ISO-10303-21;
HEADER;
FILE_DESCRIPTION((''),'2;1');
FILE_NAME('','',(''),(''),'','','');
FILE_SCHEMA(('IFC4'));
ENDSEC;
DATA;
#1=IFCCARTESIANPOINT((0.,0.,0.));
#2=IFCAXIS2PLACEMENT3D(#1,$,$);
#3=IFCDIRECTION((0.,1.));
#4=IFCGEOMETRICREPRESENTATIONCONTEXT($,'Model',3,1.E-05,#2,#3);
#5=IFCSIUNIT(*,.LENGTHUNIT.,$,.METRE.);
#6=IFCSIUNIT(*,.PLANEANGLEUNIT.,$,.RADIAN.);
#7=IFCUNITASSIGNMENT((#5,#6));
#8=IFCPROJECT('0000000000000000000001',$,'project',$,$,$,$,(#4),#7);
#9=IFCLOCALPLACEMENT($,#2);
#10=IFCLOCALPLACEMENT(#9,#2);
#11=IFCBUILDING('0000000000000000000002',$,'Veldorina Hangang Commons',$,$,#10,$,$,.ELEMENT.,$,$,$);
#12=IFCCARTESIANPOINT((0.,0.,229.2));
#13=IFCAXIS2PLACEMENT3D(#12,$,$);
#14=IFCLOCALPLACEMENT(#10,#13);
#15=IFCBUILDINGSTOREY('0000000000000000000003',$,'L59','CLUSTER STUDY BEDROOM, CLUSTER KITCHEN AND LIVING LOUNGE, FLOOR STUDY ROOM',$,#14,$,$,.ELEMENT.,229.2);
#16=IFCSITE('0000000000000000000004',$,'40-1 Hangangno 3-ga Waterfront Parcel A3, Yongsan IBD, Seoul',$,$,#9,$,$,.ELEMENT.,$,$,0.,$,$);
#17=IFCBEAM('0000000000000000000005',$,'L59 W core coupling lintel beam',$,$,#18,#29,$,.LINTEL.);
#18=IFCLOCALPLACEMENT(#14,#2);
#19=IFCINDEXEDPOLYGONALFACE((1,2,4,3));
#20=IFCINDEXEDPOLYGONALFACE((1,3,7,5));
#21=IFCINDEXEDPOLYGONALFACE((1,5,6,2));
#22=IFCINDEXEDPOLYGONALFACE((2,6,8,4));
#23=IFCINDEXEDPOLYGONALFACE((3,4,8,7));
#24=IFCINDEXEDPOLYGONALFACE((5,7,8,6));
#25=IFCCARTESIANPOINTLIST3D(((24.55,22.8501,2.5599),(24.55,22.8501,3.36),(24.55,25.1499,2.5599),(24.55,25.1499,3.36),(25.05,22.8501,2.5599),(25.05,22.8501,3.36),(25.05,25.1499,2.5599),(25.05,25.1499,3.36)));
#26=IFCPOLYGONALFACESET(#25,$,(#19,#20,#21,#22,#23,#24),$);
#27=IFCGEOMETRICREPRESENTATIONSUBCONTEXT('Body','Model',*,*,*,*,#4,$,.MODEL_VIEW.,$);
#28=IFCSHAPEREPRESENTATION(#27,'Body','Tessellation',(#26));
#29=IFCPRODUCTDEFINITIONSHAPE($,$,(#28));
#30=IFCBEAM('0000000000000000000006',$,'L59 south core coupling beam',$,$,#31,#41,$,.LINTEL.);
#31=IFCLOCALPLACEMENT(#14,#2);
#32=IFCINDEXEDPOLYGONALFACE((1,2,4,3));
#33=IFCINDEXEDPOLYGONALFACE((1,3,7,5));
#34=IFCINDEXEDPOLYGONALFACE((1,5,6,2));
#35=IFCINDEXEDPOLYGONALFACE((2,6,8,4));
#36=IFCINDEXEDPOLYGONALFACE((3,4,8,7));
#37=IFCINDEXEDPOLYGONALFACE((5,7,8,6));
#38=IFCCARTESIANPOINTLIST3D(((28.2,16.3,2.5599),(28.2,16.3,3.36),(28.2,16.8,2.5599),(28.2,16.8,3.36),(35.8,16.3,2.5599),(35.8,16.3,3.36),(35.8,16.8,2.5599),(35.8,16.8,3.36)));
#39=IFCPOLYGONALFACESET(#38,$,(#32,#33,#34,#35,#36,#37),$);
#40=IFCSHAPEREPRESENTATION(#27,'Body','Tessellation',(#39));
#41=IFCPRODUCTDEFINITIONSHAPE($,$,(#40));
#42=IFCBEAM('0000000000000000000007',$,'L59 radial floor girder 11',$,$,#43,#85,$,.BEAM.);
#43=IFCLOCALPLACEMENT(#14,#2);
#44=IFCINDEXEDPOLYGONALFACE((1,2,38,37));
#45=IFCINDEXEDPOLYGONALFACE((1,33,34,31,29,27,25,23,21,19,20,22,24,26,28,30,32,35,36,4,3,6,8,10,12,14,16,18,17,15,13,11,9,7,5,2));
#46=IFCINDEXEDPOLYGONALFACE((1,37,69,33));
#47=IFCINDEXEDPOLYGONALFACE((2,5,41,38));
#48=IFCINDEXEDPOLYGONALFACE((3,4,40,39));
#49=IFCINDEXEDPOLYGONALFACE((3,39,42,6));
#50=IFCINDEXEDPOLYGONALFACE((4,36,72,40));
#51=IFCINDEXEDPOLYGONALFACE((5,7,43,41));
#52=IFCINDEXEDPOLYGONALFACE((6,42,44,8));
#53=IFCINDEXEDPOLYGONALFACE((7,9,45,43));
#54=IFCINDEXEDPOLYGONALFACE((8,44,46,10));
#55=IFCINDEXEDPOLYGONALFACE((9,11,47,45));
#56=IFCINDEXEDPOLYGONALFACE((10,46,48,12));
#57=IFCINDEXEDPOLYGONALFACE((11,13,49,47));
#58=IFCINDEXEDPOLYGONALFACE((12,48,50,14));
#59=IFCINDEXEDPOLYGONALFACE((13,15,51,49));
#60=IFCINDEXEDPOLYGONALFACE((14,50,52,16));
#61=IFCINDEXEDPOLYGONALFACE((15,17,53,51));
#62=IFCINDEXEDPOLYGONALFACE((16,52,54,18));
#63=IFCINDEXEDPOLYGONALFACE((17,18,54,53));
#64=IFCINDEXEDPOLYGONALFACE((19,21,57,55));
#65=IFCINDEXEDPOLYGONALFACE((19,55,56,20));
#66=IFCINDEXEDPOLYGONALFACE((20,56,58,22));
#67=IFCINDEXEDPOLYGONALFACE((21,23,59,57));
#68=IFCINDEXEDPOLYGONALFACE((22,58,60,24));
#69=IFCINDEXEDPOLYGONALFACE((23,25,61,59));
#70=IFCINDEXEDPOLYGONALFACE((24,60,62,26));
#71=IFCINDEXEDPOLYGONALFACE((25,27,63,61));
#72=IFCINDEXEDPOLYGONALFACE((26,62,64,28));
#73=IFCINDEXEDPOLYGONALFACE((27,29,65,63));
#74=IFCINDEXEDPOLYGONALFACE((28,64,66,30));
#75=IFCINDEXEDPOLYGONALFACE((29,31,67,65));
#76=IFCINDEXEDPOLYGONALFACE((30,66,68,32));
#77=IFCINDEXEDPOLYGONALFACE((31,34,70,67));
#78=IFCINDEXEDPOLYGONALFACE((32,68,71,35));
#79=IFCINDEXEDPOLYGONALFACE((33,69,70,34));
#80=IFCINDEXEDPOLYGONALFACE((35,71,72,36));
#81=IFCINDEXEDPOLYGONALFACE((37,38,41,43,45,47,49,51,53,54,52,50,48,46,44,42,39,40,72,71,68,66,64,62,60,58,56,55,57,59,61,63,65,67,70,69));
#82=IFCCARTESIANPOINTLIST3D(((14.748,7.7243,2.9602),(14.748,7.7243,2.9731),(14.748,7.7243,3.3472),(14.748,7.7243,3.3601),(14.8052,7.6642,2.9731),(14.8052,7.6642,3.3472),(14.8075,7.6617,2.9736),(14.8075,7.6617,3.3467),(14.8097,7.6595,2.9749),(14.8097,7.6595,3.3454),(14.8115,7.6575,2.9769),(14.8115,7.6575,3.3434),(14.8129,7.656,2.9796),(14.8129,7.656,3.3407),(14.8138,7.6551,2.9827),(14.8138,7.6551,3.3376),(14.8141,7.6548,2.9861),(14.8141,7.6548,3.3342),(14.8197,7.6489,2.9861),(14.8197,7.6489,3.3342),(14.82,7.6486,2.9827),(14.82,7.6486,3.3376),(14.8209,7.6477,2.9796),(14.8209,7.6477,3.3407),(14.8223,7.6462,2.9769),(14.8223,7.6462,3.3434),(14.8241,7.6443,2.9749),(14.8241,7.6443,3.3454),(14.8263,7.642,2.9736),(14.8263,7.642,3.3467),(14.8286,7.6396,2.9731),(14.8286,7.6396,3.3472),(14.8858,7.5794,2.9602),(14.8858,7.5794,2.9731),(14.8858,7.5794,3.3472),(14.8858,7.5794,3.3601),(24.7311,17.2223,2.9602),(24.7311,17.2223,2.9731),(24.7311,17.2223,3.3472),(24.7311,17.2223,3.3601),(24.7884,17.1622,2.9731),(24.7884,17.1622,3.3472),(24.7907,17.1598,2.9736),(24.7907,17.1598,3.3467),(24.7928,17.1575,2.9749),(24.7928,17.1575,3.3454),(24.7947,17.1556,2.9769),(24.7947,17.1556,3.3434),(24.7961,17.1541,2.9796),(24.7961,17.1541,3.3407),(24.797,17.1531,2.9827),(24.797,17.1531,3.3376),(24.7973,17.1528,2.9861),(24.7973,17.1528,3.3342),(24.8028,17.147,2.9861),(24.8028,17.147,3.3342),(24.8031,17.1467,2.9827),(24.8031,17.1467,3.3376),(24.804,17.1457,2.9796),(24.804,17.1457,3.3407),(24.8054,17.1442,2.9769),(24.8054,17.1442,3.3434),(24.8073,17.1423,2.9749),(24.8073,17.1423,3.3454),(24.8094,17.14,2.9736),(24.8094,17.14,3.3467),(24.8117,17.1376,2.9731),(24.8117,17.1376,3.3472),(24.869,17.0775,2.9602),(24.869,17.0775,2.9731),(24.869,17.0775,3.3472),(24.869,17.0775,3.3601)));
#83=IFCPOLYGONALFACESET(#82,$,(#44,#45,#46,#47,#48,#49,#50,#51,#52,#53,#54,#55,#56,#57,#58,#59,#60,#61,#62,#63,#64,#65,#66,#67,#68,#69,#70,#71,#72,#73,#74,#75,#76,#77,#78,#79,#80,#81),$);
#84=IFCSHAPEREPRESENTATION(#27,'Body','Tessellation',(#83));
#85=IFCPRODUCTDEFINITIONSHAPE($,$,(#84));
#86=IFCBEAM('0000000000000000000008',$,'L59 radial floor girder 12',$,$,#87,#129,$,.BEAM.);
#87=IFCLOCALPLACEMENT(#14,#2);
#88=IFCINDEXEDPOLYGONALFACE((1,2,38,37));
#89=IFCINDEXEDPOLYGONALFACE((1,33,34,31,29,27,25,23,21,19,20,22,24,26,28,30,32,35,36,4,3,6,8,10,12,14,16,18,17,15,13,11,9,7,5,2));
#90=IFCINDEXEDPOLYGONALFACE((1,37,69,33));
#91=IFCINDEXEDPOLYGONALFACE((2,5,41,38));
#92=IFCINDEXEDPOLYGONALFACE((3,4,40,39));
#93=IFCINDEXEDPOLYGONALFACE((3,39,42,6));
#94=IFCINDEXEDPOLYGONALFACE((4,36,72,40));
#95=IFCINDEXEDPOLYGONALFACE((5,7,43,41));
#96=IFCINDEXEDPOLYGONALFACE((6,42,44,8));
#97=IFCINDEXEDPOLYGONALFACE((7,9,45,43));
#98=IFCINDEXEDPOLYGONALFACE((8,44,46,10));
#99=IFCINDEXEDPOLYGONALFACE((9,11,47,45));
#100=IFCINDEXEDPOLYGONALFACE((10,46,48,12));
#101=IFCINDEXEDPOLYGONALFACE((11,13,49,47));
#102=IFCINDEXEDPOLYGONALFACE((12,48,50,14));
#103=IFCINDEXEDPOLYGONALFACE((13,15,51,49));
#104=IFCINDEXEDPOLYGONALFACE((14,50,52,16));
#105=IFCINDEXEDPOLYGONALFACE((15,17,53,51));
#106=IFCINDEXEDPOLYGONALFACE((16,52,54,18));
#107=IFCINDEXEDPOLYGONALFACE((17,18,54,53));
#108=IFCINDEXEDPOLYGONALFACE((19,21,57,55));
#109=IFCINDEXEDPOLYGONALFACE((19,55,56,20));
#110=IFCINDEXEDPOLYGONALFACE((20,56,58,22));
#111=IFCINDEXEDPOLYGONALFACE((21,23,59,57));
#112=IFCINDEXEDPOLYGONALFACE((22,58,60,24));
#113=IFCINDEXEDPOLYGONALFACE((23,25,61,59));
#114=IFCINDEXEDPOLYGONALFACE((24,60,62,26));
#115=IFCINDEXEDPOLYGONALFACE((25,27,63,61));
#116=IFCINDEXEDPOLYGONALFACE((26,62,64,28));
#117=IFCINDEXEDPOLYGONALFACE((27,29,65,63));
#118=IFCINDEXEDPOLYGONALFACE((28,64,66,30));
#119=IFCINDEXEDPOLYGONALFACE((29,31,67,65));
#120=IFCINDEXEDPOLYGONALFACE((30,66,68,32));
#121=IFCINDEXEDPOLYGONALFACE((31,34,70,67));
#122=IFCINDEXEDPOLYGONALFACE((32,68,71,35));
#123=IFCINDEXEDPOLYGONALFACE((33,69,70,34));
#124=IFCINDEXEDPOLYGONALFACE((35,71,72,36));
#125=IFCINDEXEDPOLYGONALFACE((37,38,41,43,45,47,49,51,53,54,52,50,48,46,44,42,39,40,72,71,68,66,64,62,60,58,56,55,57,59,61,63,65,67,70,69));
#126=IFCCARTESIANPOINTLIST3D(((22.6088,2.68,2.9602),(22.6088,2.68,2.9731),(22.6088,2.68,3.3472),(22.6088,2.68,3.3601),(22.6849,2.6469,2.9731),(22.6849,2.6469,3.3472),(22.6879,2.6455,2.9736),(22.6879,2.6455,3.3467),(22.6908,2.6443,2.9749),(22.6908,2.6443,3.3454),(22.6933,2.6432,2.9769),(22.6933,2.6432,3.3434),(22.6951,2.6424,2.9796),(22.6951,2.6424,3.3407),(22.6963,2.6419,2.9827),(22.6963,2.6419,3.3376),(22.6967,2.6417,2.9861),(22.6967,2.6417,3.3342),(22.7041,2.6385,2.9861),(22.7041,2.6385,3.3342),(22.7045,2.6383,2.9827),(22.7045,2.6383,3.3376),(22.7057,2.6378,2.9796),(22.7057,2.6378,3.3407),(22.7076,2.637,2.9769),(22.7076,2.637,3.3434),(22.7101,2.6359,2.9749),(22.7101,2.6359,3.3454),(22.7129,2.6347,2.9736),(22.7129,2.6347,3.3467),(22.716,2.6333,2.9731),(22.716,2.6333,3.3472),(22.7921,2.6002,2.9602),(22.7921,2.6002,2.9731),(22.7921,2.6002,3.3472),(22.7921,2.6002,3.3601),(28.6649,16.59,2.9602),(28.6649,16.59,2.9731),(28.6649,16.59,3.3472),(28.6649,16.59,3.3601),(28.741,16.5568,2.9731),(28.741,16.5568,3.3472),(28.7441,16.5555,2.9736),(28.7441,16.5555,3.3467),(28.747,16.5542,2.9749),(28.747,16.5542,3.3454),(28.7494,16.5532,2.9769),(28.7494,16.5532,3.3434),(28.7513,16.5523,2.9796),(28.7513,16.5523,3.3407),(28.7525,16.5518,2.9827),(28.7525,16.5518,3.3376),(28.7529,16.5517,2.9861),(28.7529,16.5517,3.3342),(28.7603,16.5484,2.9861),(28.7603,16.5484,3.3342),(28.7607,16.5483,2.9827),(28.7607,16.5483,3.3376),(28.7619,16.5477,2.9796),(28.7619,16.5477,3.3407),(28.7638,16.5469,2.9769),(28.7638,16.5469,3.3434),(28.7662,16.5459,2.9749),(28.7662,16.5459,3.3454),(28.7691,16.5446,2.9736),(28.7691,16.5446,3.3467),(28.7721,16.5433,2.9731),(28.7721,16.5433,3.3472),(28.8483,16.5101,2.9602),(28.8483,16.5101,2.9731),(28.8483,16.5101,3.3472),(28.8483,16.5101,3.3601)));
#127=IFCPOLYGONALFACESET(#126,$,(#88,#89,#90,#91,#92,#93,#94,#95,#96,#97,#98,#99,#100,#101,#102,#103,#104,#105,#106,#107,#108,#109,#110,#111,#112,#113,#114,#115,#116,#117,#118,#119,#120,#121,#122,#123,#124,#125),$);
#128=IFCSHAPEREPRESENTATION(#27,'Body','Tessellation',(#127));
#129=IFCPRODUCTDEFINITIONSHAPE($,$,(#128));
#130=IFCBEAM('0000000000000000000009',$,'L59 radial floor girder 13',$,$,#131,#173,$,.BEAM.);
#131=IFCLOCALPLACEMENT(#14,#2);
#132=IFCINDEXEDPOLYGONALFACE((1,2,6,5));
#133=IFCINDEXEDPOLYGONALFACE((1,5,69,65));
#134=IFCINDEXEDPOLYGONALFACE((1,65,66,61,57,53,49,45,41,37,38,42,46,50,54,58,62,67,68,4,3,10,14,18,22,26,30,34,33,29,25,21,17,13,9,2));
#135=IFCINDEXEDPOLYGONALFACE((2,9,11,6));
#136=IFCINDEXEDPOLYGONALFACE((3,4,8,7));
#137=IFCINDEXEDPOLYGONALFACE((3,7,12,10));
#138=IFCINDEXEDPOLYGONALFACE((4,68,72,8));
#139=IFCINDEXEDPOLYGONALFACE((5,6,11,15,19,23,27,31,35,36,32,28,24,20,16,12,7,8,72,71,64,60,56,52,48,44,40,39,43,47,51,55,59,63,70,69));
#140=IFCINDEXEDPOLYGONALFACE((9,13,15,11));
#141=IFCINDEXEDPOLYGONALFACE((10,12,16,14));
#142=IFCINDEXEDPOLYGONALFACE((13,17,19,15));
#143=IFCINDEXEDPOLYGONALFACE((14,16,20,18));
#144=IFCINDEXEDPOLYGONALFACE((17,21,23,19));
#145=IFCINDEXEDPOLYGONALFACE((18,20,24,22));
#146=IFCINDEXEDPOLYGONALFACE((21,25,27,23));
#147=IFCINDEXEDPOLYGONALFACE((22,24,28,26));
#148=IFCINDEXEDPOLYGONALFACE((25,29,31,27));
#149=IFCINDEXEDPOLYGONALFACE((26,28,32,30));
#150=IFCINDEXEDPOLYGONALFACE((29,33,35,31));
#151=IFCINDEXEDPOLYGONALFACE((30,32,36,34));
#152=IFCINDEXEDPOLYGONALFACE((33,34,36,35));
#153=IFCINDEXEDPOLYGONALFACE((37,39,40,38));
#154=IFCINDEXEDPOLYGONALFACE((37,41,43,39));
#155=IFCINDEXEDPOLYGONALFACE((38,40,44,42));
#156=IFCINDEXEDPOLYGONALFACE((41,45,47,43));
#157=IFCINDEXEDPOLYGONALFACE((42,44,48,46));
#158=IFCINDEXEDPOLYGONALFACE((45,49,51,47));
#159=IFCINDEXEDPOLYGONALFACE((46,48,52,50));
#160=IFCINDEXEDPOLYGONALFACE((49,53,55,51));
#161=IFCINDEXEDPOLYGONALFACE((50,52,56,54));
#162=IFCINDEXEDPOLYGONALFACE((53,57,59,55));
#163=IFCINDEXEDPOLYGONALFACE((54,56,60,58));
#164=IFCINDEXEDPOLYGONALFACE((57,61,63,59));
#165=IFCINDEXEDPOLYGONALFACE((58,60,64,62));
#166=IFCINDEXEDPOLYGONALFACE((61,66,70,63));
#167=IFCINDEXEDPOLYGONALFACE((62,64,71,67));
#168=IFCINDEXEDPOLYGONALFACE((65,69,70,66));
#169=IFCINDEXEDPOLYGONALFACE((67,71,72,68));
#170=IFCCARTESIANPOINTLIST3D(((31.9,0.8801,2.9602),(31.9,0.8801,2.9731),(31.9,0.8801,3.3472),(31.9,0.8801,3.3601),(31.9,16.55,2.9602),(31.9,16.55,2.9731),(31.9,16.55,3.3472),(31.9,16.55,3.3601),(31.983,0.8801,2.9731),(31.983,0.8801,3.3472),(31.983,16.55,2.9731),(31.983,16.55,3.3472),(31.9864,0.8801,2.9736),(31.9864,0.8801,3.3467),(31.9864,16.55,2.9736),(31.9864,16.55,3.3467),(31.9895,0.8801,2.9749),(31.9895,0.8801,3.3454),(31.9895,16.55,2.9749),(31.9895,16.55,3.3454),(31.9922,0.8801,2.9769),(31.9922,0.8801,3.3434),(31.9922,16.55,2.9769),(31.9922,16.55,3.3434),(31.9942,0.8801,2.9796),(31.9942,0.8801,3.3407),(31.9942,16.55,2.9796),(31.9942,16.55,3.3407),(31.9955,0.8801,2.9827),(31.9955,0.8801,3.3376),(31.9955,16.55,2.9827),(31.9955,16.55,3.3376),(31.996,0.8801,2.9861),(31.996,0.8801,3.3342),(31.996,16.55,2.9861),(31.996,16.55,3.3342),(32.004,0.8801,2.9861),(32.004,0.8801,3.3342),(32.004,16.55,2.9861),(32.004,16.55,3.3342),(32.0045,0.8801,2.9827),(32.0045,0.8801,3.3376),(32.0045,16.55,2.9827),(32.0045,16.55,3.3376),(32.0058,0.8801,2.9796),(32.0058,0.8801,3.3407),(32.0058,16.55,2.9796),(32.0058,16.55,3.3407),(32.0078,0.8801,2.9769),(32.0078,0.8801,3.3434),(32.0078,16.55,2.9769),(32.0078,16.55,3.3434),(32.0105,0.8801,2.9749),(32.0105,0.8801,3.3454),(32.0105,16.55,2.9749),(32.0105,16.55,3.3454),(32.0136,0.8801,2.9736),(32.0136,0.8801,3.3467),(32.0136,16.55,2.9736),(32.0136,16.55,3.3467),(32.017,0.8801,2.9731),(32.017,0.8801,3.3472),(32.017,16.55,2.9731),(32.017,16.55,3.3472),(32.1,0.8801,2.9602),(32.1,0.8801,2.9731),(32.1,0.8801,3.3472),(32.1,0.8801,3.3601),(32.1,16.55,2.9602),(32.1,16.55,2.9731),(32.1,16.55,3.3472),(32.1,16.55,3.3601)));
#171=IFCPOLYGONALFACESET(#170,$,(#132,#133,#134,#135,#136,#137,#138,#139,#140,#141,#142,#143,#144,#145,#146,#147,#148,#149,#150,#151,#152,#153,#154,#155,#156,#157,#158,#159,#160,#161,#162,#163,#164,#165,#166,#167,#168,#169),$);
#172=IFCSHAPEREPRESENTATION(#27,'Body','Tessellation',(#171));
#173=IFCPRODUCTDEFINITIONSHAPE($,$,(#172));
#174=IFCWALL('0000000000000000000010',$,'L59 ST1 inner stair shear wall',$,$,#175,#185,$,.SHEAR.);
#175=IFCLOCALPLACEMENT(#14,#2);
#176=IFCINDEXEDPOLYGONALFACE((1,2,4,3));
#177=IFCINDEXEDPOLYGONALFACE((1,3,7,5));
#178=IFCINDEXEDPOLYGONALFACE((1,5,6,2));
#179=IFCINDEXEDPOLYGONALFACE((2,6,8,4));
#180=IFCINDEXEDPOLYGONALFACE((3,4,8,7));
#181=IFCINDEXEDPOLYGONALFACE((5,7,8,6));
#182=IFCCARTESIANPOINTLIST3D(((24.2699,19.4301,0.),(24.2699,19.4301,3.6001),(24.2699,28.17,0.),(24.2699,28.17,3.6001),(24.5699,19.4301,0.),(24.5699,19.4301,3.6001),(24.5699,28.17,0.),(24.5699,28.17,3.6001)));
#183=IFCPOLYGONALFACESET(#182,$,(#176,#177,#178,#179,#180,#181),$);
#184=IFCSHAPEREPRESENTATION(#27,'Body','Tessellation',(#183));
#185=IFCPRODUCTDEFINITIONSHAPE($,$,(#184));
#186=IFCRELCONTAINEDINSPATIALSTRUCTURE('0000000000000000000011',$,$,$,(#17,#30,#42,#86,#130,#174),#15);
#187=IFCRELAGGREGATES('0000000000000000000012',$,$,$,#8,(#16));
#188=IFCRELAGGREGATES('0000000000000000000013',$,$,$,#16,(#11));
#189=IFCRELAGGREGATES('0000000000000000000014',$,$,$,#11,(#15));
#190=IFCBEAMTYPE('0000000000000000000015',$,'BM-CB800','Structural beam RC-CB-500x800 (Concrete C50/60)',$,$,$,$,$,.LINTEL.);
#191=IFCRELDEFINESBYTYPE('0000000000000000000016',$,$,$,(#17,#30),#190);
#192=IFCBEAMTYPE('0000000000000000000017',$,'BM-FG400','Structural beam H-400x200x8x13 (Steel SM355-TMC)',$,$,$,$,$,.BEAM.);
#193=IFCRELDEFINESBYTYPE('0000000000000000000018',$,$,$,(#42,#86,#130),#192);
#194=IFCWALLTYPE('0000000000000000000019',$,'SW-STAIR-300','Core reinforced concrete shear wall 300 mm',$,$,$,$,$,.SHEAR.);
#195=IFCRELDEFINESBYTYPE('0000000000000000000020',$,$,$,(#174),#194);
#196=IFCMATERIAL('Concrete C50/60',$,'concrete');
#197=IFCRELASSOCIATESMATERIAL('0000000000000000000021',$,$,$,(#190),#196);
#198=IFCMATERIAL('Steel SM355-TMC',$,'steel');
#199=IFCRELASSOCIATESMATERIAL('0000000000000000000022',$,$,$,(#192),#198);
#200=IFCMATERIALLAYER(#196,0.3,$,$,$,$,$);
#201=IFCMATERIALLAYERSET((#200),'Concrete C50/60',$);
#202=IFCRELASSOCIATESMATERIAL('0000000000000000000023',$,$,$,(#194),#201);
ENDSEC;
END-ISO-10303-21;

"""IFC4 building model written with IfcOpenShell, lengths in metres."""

from ifc_helpers import new_model, si_unit, direction, frame, frame_2d, origin, origin_2d, place, context, subcontext, project, spatial, rectangle, i_section, extrude, material, layer, layer_set, material_profile, profile_set, type_object, element, save


model = new_model("IFC4")

# Units and contexts
model_context = context("Model", 3, precision=1e-05, world=origin(), true_north=direction((0.0, 1.0)))
body_context = subcontext(model_context, "Body", "Model", "MODEL_VIEW")
ifc_project = project(units=[si_unit("LENGTHUNIT", "METRE"), si_unit("PLANEANGLEUNIT", "RADIAN")], contexts=[model_context])

# Site, building, storey
site_placement = place(None, origin())
site = spatial("IfcSite", under=ifc_project, at=site_placement, Name="40-1 Hangangno 3-ga Waterfront Parcel A3, Yongsan IBD, Seoul", CompositionType="ELEMENT", RefElevation=0.0)
building_placement = place(site_placement, origin())
building = spatial("IfcBuilding", under=site, at=building_placement, Name="Veldorina Hangang Commons", CompositionType="ELEMENT")
storey_placement = place(building_placement, frame((0.0, 0.0, 229.2)))
storey = spatial("IfcBuildingStorey", under=building, at=storey_placement, Name="L59", Description="CLUSTER STUDY BEDROOM, CLUSTER KITCHEN AND LIVING LOUNGE, FLOOR STUDY ROOM", CompositionType="ELEMENT", Elevation=229.2)

# Beams
ifc_material_1 = material(Name="Concrete C50/60", Category="concrete")
ifc_material_profile_1 = material_profile(ifc_material_1, rectangle(XDim=0.5, YDim=0.8, at=origin_2d()), Name="RC-CB-500x800")
ifc_profile_set_1 = profile_set([ifc_material_profile_1], Name="Concrete C50/60")
beam_type_1 = type_object("IfcBeamType", Name="BM-CB800", Description="Structural beam RC-CB-500x800 (Concrete C50/60)", PredefinedType="LINTEL", material=ifc_profile_set_1)
beam_1_placement = place(storey_placement, frame((24.8, 22.8501, 2.96), z_axis=(0.0, 1.0, 0.0), x_axis=(-1.0, 0.0, 0.0)))
element("IfcBeam", 1, at=beam_1_placement, inside=storey, type_object=beam_type_1, Name="L59 W core coupling lintel beam", PredefinedType="LINTEL", context=body_context, shape_type="SweptSolid", body=[
    extrude(rectangle(XDim=0.5, YDim=0.8, at=origin_2d()), origin(), (0.0, 0.0, 1.0), 2.2998),
])
beam_2_placement = place(storey_placement, frame((28.2, 16.55, 2.96), z_axis=(1.0, 0.0, 0.0), x_axis=(0.0, 1.0, 0.0)))
element("IfcBeam", 2, at=beam_2_placement, inside=storey, type_object=beam_type_1, Name="L59 south core coupling beam", PredefinedType="LINTEL", context=body_context, shape_type="SweptSolid", body=[
    extrude(rectangle(XDim=0.5, YDim=0.8, at=origin_2d()), origin(), (0.0, 0.0, 1.0), 7.6001),
])
ifc_material_2 = material(Name="Steel SM355-TMC", Category="steel")
ifc_material_profile_2 = material_profile(ifc_material_2, i_section(OverallWidth=0.2, OverallDepth=0.3999, WebThickness=0.0081, FlangeThickness=0.0129, FilletRadius=0.0129, at=origin_2d()), Name="H-400x200x8x13")
ifc_profile_set_2 = profile_set([ifc_material_profile_2], Name="Steel SM355-TMC")
beam_type_2 = type_object("IfcBeamType", Name="BM-FG400", Description="Structural beam H-400x200x8x13 (Steel SM355-TMC)", PredefinedType="BEAM", material=ifc_profile_set_2)
beam_3_placement = place(storey_placement, frame((24.8, 17.1499, 3.1602), z_axis=(-0.72449, -0.689285, 0.0), x_axis=(0.689285, -0.72449, 0.0)))
element("IfcBeam", 3, at=beam_3_placement, inside=storey, type_object=beam_type_2, Name="L59 radial floor girder 11", PredefinedType="BEAM", context=body_context, shape_type="SweptSolid", body=[
    extrude(i_section(OverallWidth=0.2, OverallDepth=0.3999, WebThickness=0.0081, FlangeThickness=0.0129, FilletRadius=0.0129, at=origin_2d()), origin(), (0.0, 0.0, 1.0), 13.7795),
])
beam_4_placement = place(storey_placement, frame((28.7566, 16.55, 3.1602), z_axis=(-0.39919, -0.916868, 0.0), x_axis=(0.916868, -0.39919, 0.0)))
element("IfcBeam", 4, at=beam_4_placement, inside=storey, type_object=beam_type_2, Name="L59 radial floor girder 12", PredefinedType="BEAM", context=body_context, shape_type="SweptSolid", body=[
    extrude(i_section(OverallWidth=0.2, OverallDepth=0.3999, WebThickness=0.0081, FlangeThickness=0.0129, FilletRadius=0.0129, at=origin_2d()), origin(), (0.0, 0.0, 1.0), 15.1711),
])
beam_5_placement = place(storey_placement, frame((32.0, 16.55, 3.1602), z_axis=(0.0, -1.0, 0.0), x_axis=(1.0, 0.0, 0.0)))
element("IfcBeam", 5, at=beam_5_placement, inside=storey, type_object=beam_type_2, Name="L59 radial floor girder 13", PredefinedType="BEAM", context=body_context, shape_type="SweptSolid", body=[
    extrude(i_section(OverallWidth=0.2, OverallDepth=0.3999, WebThickness=0.0081, FlangeThickness=0.0129, FilletRadius=0.0129, at=origin_2d()), origin(), (0.0, 0.0, 1.0), 15.6699),
])

# Wall
ifc_layer_1 = layer(ifc_material_1, 0.3)
ifc_layer_set_1 = layer_set([ifc_layer_1], Name="Concrete C50/60")
wall_type_1 = type_object("IfcWallType", Name="SW-STAIR-300", Description="Core reinforced concrete shear wall 300 mm", PredefinedType="SHEAR", material=ifc_layer_set_1)
wall_1_placement = place(storey_placement, frame((24.4199, 19.4299, 0.0), z_axis=(0.0, 0.0, 1.0), x_axis=(0.0, 1.0, 0.0)))
element("IfcWall", 6, at=wall_1_placement, inside=storey, type_object=wall_type_1, Name="L59 ST1 inner stair shear wall", PredefinedType="SHEAR", context=body_context, shape_type="SweptSolid", body=[
    extrude(rectangle(XDim=8.74, YDim=0.3, at=frame_2d((4.3701, 0.0))), origin(), (0.0, 0.0, 1.0), 3.6001),
])

save(model, "model.ifc")
